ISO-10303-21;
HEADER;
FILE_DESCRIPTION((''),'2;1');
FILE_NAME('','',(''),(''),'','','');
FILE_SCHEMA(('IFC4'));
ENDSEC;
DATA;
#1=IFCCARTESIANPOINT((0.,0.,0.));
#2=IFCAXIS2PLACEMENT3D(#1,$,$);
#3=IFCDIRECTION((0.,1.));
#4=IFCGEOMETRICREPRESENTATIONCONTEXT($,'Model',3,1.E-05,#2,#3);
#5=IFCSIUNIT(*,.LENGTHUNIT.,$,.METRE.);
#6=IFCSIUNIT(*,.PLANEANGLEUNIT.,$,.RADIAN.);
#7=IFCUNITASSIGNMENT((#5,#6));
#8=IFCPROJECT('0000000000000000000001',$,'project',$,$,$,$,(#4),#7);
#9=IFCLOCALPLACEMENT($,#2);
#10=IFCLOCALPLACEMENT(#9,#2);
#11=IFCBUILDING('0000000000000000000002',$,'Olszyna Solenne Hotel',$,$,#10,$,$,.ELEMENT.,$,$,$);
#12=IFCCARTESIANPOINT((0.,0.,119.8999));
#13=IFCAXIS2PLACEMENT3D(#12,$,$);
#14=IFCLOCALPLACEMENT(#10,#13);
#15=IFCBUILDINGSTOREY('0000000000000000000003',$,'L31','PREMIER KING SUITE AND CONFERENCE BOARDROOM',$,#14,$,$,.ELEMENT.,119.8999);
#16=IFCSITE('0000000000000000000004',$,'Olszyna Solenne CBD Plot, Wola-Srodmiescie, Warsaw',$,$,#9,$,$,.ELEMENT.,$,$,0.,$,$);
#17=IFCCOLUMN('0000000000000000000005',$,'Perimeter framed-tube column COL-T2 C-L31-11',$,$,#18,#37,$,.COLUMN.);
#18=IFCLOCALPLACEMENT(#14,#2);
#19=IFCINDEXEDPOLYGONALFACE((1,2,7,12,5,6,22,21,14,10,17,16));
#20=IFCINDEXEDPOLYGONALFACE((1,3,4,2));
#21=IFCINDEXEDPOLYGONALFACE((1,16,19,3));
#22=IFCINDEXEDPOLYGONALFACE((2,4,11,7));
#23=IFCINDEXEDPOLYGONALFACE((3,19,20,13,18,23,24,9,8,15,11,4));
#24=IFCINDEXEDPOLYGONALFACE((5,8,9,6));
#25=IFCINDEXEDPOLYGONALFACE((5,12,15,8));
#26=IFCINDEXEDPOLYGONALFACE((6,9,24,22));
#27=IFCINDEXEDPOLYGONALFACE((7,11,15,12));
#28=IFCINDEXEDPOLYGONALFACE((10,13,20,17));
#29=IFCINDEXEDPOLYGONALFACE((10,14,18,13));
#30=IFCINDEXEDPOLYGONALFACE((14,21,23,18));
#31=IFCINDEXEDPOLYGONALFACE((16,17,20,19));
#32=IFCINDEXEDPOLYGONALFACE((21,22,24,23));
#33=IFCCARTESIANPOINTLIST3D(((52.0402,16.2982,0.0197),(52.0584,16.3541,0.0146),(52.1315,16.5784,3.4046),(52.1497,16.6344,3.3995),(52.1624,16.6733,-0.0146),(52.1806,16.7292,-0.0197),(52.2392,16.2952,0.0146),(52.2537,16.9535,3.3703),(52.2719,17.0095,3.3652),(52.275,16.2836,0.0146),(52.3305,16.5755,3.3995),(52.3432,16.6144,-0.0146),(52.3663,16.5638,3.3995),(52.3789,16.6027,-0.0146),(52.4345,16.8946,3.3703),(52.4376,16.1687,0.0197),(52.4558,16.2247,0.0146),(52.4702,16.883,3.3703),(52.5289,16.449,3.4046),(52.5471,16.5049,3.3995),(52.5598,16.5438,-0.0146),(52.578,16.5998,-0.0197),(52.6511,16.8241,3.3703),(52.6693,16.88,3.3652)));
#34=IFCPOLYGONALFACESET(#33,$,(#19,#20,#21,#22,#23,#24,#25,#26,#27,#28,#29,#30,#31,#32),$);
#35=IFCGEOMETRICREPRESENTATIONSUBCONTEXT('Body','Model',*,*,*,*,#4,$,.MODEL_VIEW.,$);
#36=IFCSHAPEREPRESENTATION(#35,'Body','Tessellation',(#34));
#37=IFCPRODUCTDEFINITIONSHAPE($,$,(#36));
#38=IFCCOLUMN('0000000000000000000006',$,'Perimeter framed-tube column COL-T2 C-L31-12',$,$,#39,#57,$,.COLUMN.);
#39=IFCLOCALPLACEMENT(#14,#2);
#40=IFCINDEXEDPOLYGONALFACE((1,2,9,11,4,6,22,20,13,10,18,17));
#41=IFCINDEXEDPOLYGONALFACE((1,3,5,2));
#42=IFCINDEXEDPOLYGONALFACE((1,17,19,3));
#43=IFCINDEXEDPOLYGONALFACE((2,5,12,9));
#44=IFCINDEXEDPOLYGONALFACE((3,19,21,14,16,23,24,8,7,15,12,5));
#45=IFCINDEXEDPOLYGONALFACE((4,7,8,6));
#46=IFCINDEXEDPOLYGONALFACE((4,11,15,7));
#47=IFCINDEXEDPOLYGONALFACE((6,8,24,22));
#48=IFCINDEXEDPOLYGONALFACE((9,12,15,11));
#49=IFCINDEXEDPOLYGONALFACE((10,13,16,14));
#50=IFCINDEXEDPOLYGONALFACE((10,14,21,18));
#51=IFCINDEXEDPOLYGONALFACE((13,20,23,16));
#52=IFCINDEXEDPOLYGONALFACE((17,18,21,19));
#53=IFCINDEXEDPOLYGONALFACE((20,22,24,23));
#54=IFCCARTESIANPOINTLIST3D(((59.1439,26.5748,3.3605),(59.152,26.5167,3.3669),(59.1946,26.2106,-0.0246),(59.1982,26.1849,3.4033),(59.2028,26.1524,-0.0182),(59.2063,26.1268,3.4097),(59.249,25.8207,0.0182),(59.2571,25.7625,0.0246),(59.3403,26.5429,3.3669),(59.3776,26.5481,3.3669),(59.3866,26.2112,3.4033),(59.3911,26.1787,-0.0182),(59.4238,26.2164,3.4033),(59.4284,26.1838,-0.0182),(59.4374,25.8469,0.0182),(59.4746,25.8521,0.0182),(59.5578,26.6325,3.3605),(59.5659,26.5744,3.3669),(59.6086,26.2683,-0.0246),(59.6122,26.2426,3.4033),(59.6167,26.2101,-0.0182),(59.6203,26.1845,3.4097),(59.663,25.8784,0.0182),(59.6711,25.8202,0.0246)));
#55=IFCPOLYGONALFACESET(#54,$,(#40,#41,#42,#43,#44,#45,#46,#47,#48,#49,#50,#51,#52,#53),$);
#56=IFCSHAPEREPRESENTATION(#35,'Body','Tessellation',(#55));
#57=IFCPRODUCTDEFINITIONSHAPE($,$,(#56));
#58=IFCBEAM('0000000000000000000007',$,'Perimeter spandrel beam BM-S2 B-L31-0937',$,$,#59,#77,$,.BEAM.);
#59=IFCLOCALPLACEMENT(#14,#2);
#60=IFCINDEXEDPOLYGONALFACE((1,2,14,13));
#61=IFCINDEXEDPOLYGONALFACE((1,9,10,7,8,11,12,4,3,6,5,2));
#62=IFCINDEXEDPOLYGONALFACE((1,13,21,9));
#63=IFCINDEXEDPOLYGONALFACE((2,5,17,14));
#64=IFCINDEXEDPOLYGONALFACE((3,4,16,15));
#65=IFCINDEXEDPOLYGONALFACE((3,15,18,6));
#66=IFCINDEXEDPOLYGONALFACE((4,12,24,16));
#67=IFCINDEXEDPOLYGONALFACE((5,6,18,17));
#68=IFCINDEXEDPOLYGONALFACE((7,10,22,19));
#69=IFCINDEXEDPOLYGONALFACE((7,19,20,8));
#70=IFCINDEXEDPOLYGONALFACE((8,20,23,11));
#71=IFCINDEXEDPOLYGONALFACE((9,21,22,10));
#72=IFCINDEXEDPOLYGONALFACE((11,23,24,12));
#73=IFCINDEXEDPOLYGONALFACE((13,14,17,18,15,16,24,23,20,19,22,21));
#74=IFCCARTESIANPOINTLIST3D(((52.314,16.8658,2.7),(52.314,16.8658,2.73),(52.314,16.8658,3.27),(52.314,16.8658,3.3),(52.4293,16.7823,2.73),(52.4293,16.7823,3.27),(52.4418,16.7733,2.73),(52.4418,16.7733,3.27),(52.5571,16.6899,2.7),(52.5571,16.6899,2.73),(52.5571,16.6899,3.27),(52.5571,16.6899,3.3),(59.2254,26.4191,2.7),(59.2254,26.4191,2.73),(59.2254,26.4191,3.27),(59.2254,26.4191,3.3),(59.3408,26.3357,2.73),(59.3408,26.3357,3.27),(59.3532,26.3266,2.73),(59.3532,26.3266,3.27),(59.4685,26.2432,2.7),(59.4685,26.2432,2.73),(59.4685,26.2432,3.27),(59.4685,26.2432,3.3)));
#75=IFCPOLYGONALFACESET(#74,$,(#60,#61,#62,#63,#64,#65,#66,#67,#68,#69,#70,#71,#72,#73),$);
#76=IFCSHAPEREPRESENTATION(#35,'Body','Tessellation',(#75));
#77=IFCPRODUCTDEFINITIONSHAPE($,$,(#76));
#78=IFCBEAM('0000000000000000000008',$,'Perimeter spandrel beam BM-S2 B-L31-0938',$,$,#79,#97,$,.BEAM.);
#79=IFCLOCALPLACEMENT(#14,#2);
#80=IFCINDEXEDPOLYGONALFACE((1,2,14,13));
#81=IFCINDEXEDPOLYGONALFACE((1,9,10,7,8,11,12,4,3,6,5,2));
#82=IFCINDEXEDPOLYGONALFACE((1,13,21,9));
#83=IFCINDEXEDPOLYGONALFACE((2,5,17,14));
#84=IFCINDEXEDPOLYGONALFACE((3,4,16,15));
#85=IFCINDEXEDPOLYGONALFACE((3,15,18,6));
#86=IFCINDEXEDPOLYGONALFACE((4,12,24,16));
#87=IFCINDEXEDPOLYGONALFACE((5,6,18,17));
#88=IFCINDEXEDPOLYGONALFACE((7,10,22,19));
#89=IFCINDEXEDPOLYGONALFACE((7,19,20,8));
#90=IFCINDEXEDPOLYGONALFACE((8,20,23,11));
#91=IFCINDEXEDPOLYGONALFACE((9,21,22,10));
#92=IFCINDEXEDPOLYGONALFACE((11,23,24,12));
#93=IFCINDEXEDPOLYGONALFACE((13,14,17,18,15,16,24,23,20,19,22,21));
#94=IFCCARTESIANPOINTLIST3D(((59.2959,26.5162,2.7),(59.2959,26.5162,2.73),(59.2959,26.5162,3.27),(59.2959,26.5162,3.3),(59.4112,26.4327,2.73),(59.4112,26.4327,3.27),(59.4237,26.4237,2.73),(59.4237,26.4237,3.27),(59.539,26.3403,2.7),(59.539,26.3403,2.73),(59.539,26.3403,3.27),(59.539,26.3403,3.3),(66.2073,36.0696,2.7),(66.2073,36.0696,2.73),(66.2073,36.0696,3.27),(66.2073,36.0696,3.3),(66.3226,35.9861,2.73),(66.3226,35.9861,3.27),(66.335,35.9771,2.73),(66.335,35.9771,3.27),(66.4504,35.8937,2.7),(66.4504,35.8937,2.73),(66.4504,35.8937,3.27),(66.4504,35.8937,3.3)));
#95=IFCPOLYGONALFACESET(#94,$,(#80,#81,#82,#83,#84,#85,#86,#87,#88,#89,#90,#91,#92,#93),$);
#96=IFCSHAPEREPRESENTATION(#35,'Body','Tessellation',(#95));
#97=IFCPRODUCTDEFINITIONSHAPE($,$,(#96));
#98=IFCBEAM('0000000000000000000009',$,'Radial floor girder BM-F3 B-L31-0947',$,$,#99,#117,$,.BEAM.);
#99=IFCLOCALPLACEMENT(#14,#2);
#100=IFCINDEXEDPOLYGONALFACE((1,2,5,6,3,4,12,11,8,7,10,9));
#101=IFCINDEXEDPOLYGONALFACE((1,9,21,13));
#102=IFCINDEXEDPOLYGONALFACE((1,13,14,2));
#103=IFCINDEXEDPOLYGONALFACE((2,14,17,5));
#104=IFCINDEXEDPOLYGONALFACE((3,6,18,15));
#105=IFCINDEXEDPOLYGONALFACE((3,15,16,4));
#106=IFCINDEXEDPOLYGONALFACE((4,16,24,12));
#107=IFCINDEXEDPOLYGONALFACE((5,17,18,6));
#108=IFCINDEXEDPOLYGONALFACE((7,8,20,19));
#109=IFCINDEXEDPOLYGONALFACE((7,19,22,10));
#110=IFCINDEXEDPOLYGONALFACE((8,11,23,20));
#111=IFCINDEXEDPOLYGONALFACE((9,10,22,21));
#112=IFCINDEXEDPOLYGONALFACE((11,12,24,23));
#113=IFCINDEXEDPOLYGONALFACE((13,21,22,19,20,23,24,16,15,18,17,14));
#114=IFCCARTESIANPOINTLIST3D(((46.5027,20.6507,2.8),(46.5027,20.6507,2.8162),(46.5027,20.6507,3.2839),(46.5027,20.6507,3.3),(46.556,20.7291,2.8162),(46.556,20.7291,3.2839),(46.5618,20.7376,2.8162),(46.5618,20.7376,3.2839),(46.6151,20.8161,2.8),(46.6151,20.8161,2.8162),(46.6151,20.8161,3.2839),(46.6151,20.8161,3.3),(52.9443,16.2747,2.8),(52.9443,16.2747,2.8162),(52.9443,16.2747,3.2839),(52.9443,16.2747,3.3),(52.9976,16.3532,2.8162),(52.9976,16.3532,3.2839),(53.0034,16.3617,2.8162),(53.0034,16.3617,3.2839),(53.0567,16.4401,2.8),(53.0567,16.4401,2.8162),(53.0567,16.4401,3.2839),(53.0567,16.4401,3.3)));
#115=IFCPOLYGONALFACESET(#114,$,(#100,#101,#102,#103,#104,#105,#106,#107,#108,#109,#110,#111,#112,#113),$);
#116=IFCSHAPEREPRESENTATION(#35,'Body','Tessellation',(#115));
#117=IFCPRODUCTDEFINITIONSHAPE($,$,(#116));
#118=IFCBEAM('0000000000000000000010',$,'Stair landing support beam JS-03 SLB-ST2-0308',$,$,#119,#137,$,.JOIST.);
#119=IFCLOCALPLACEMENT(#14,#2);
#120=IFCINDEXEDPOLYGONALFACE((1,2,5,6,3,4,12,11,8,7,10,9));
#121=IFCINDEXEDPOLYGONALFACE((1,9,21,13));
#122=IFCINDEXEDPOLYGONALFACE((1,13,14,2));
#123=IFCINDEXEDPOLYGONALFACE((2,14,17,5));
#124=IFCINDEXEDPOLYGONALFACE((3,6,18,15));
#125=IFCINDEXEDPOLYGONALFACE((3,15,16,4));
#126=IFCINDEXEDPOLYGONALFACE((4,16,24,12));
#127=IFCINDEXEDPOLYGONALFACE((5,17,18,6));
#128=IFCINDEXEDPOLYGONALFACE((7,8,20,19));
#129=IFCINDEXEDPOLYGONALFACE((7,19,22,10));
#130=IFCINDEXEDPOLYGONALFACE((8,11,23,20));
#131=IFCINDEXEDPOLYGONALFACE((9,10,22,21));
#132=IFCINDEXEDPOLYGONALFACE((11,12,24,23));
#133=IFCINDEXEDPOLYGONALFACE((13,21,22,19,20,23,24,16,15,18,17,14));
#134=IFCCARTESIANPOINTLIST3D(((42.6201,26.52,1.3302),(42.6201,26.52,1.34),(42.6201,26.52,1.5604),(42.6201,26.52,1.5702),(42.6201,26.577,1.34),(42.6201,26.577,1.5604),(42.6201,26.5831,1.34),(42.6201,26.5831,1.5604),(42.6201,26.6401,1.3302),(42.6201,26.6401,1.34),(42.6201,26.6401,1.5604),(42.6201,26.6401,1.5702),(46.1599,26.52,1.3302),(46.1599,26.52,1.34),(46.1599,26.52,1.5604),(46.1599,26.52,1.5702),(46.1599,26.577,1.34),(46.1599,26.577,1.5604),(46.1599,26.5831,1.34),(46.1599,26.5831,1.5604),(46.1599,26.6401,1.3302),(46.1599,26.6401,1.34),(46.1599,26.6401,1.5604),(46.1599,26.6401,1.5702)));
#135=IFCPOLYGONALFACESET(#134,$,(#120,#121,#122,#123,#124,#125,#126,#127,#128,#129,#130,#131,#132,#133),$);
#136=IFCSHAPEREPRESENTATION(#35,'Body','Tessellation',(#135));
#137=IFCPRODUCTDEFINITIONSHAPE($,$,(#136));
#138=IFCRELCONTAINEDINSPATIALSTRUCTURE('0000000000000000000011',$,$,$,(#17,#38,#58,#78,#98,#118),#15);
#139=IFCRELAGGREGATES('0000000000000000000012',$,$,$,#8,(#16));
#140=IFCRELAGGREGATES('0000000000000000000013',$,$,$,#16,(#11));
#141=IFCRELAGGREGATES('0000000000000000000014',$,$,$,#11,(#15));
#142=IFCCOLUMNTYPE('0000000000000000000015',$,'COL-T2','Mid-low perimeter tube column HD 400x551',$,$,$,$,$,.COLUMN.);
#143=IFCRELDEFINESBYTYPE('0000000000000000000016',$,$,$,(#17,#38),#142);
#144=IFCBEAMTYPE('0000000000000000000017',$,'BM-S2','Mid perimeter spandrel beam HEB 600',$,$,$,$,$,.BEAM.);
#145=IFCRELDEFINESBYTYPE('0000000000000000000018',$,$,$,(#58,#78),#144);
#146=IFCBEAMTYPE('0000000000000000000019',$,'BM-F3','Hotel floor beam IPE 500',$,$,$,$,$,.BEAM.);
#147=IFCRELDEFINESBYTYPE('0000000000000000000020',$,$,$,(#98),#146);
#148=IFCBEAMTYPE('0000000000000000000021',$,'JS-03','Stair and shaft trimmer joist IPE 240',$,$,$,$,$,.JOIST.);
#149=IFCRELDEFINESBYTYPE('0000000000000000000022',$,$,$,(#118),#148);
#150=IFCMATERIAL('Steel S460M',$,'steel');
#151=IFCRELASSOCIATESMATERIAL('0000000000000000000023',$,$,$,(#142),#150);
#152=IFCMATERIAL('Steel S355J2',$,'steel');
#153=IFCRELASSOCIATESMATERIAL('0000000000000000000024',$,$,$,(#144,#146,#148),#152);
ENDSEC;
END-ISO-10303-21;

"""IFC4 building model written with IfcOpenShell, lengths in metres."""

from ifc_helpers import new_model, si_unit, direction, frame, origin, origin_2d, place, context, subcontext, project, spatial, i_section, extrude, source, transform, mapped, material, material_profile, profile_set, type_object, element, save


model = new_model("IFC4")

# Units and contexts
model_context = context("Model", 3, precision=1e-05, world=origin(), true_north=direction((0.0, 1.0)))
body_context = subcontext(model_context, "Body", "Model", "MODEL_VIEW")
ifc_project = project(units=[si_unit("LENGTHUNIT", "METRE"), si_unit("PLANEANGLEUNIT", "RADIAN")], contexts=[model_context])

# Site, building, storey
site_placement = place(None, origin())
site = spatial("IfcSite", under=ifc_project, at=site_placement, Name="Olszyna Solenne CBD Plot, Wola-Srodmiescie, Warsaw", CompositionType="ELEMENT", RefElevation=0.0)
building_placement = place(site_placement, origin())
building = spatial("IfcBuilding", under=site, at=building_placement, Name="Olszyna Solenne Hotel", CompositionType="ELEMENT")
storey_placement = place(building_placement, frame((0.0, 0.0, 119.8999)))
storey = spatial("IfcBuildingStorey", under=building, at=storey_placement, Name="L31", Description="PREMIER KING SUITE AND CONFERENCE BOARDROOM", CompositionType="ELEMENT", Elevation=119.8999)

# Columns
ifc_material_1 = material(Name="Steel S460M", Category="steel")
ifc_material_profile_1 = material_profile(ifc_material_1, i_section(OverallWidth=0.418, OverallDepth=0.4551, WebThickness=0.0376, FlangeThickness=0.0591, at=origin_2d()), Name="HD 400x551", Category="load-bearing")
ifc_profile_set_1 = profile_set([ifc_material_profile_1], Name="Steel S460M")
column_type = type_object("IfcColumnType", Name="COL-T2", Description="Mid-low perimeter tube column HD 400x551", PredefinedType="COLUMN", material=ifc_profile_set_1)
shared_shape_1 = source(origin(), body_context, "Body", "SweptSolid", [
    extrude(i_section(OverallWidth=0.418, OverallDepth=0.4551, WebThickness=0.0376, FlangeThickness=0.0591, at=origin_2d()), origin(), (0.0, 0.0, 1.0), 3.3977),
])
column_1_placement = place(storey_placement, frame((52.3091, 16.449, 0.0), z_axis=(0.026873, 0.082486, 0.99623), x_axis=(-0.950815, 0.30976, 0.0)))
element("IfcColumn", 1, at=column_1_placement, inside=storey, type_object=column_type, Name="Perimeter framed-tube column COL-T2 C-L31-11", PredefinedType="COLUMN", context=body_context, shape_type="MappedRepresentation", body=[
    mapped(shared_shape_1, transform((0.0, 0.0, 0.0), x_axis=(1.0, 0.0, 0.0), y_axis=(0.0, 1.0, 0.0), z_axis=(0.0, 0.0, 1.0), scale=1.0)),
])
shared_shape_2 = source(origin(), body_context, "Body", "SweptSolid", [
    extrude(i_section(OverallWidth=0.418, OverallDepth=0.4551, WebThickness=0.0376, FlangeThickness=0.0591, at=origin_2d()), origin(), (0.0, 0.0, 1.0), 3.405),
])
column_2_placement = place(storey_placement, frame((59.4329, 26.0154, 0.0), z_axis=(-0.014914, 0.10698, 0.994149), x_axis=(-0.990422, -0.138075, 0.0)))
element("IfcColumn", 2, at=column_2_placement, inside=storey, type_object=column_type, Name="Perimeter framed-tube column COL-T2 C-L31-12", PredefinedType="COLUMN", context=body_context, shape_type="MappedRepresentation", body=[
    mapped(shared_shape_2, transform((0.0, 0.0, 0.0), x_axis=(1.0, 0.0, 0.0), y_axis=(0.0, 1.0, 0.0), z_axis=(0.0, 0.0, 1.0), scale=1.0)),
])

# Beams
ifc_material_2 = material(Name="Steel S355J2", Category="steel")
ifc_material_profile_2 = material_profile(ifc_material_2, i_section(OverallWidth=0.3, OverallDepth=0.6001, WebThickness=0.0154, FlangeThickness=0.03, at=origin_2d()), Name="HEB 600", Category="load-bearing")
ifc_profile_set_2 = profile_set([ifc_material_profile_2], Name="Steel S355J2")
beam_type_1 = type_object("IfcBeamType", Name="BM-S2", Description="Mid perimeter spandrel beam HEB 600", PredefinedType="BEAM", material=ifc_profile_set_2)
shared_shape_3 = source(origin(), body_context, "Body", "SweptSolid", [
    extrude(i_section(OverallWidth=0.3, OverallDepth=0.6001, WebThickness=0.0154, FlangeThickness=0.03, at=origin_2d()), origin(), (0.0, 0.0, 1.0), 11.7913),
])
for number, where, z_axis, x_axis, name in (
    (3, (52.4355, 16.7778, 3.0), (0.58615, 0.810203, 0.0), (-0.810203, 0.58615, 0.0), "Perimeter spandrel beam BM-S2 B-L31-0937"),
    (4, (59.4175, 26.4282, 3.0), (0.58614, 0.81021, 0.0), (-0.81021, 0.58614, 0.0), "Perimeter spandrel beam BM-S2 B-L31-0938"),
):
    element("IfcBeam", number, at=place(storey_placement, frame(where, z_axis=z_axis, x_axis=x_axis)), inside=storey, type_object=beam_type_1, Name=name, PredefinedType="BEAM", context=body_context, shape_type="MappedRepresentation", body=[
        mapped(shared_shape_3, transform((0.0, 0.0, 0.0), x_axis=(1.0, 0.0, 0.0), y_axis=(0.0, 1.0, 0.0), z_axis=(0.0, 0.0, 1.0), scale=1.0)),
    ])
ifc_material_profile_3 = material_profile(ifc_material_2, i_section(OverallWidth=0.2, OverallDepth=0.5, WebThickness=0.0103, FlangeThickness=0.0161, at=origin_2d()), Name="IPE 500", Category="load-bearing")
ifc_profile_set_3 = profile_set([ifc_material_profile_3], Name="Steel S355J2")
beam_type_2 = type_object("IfcBeamType", Name="BM-F3", Description="Hotel floor beam IPE 500", PredefinedType="BEAM", material=ifc_profile_set_3)
shared_shape_4 = source(origin(), body_context, "Body", "SweptSolid", [
    extrude(i_section(OverallWidth=0.2, OverallDepth=0.5, WebThickness=0.0103, FlangeThickness=0.0161, at=origin_2d()), origin(), (0.0, 0.0, 1.0), 7.7874),
])
beam_1_placement = place(storey_placement, frame((53.0005, 16.3574, 3.05), z_axis=(-0.827186, 0.561928, 0.0), x_axis=(-0.561928, -0.827186, 0.0)))
element("IfcBeam", 5, at=beam_1_placement, inside=storey, type_object=beam_type_2, Name="Radial floor girder BM-F3 B-L31-0947", PredefinedType="BEAM", context=body_context, shape_type="MappedRepresentation", body=[
    mapped(shared_shape_4, transform((0.0, 0.0, 0.0), x_axis=(1.0, 0.0, 0.0), y_axis=(0.0, 1.0, 0.0), z_axis=(0.0, 0.0, 1.0), scale=1.0)),
])
ifc_material_profile_4 = material_profile(ifc_material_2, i_section(OverallWidth=0.1201, OverallDepth=0.24, WebThickness=0.0061, FlangeThickness=0.0098, at=origin_2d()), Name="IPE 240", Category="load-bearing")
ifc_profile_set_4 = profile_set([ifc_material_profile_4], Name="Steel S355J2")
beam_type_3 = type_object("IfcBeamType", Name="JS-03", Description="Stair and shaft trimmer joist IPE 240", PredefinedType="JOIST", material=ifc_profile_set_4)
shared_shape_5 = source(origin(), body_context, "Body", "SweptSolid", [
    extrude(i_section(OverallWidth=0.1201, OverallDepth=0.24, WebThickness=0.0061, FlangeThickness=0.0098, at=origin_2d()), origin(), (0.0, 0.0, 1.0), 3.5398),
])
beam_2_placement = place(storey_placement, frame((46.1599, 26.5801, 1.4502), z_axis=(-1.0, 0.0, 0.0), x_axis=(0.0, -1.0, 0.0)))
element("IfcBeam", 6, at=beam_2_placement, inside=storey, type_object=beam_type_3, Name="Stair landing support beam JS-03 SLB-ST2-0308", PredefinedType="JOIST", context=body_context, shape_type="MappedRepresentation", body=[
    mapped(shared_shape_5, transform((0.0, 0.0, 0.0), x_axis=(1.0, 0.0, 0.0), y_axis=(0.0, 1.0, 0.0), z_axis=(0.0, 0.0, 1.0), scale=1.0)),
])

save(model, "model.ifc")
